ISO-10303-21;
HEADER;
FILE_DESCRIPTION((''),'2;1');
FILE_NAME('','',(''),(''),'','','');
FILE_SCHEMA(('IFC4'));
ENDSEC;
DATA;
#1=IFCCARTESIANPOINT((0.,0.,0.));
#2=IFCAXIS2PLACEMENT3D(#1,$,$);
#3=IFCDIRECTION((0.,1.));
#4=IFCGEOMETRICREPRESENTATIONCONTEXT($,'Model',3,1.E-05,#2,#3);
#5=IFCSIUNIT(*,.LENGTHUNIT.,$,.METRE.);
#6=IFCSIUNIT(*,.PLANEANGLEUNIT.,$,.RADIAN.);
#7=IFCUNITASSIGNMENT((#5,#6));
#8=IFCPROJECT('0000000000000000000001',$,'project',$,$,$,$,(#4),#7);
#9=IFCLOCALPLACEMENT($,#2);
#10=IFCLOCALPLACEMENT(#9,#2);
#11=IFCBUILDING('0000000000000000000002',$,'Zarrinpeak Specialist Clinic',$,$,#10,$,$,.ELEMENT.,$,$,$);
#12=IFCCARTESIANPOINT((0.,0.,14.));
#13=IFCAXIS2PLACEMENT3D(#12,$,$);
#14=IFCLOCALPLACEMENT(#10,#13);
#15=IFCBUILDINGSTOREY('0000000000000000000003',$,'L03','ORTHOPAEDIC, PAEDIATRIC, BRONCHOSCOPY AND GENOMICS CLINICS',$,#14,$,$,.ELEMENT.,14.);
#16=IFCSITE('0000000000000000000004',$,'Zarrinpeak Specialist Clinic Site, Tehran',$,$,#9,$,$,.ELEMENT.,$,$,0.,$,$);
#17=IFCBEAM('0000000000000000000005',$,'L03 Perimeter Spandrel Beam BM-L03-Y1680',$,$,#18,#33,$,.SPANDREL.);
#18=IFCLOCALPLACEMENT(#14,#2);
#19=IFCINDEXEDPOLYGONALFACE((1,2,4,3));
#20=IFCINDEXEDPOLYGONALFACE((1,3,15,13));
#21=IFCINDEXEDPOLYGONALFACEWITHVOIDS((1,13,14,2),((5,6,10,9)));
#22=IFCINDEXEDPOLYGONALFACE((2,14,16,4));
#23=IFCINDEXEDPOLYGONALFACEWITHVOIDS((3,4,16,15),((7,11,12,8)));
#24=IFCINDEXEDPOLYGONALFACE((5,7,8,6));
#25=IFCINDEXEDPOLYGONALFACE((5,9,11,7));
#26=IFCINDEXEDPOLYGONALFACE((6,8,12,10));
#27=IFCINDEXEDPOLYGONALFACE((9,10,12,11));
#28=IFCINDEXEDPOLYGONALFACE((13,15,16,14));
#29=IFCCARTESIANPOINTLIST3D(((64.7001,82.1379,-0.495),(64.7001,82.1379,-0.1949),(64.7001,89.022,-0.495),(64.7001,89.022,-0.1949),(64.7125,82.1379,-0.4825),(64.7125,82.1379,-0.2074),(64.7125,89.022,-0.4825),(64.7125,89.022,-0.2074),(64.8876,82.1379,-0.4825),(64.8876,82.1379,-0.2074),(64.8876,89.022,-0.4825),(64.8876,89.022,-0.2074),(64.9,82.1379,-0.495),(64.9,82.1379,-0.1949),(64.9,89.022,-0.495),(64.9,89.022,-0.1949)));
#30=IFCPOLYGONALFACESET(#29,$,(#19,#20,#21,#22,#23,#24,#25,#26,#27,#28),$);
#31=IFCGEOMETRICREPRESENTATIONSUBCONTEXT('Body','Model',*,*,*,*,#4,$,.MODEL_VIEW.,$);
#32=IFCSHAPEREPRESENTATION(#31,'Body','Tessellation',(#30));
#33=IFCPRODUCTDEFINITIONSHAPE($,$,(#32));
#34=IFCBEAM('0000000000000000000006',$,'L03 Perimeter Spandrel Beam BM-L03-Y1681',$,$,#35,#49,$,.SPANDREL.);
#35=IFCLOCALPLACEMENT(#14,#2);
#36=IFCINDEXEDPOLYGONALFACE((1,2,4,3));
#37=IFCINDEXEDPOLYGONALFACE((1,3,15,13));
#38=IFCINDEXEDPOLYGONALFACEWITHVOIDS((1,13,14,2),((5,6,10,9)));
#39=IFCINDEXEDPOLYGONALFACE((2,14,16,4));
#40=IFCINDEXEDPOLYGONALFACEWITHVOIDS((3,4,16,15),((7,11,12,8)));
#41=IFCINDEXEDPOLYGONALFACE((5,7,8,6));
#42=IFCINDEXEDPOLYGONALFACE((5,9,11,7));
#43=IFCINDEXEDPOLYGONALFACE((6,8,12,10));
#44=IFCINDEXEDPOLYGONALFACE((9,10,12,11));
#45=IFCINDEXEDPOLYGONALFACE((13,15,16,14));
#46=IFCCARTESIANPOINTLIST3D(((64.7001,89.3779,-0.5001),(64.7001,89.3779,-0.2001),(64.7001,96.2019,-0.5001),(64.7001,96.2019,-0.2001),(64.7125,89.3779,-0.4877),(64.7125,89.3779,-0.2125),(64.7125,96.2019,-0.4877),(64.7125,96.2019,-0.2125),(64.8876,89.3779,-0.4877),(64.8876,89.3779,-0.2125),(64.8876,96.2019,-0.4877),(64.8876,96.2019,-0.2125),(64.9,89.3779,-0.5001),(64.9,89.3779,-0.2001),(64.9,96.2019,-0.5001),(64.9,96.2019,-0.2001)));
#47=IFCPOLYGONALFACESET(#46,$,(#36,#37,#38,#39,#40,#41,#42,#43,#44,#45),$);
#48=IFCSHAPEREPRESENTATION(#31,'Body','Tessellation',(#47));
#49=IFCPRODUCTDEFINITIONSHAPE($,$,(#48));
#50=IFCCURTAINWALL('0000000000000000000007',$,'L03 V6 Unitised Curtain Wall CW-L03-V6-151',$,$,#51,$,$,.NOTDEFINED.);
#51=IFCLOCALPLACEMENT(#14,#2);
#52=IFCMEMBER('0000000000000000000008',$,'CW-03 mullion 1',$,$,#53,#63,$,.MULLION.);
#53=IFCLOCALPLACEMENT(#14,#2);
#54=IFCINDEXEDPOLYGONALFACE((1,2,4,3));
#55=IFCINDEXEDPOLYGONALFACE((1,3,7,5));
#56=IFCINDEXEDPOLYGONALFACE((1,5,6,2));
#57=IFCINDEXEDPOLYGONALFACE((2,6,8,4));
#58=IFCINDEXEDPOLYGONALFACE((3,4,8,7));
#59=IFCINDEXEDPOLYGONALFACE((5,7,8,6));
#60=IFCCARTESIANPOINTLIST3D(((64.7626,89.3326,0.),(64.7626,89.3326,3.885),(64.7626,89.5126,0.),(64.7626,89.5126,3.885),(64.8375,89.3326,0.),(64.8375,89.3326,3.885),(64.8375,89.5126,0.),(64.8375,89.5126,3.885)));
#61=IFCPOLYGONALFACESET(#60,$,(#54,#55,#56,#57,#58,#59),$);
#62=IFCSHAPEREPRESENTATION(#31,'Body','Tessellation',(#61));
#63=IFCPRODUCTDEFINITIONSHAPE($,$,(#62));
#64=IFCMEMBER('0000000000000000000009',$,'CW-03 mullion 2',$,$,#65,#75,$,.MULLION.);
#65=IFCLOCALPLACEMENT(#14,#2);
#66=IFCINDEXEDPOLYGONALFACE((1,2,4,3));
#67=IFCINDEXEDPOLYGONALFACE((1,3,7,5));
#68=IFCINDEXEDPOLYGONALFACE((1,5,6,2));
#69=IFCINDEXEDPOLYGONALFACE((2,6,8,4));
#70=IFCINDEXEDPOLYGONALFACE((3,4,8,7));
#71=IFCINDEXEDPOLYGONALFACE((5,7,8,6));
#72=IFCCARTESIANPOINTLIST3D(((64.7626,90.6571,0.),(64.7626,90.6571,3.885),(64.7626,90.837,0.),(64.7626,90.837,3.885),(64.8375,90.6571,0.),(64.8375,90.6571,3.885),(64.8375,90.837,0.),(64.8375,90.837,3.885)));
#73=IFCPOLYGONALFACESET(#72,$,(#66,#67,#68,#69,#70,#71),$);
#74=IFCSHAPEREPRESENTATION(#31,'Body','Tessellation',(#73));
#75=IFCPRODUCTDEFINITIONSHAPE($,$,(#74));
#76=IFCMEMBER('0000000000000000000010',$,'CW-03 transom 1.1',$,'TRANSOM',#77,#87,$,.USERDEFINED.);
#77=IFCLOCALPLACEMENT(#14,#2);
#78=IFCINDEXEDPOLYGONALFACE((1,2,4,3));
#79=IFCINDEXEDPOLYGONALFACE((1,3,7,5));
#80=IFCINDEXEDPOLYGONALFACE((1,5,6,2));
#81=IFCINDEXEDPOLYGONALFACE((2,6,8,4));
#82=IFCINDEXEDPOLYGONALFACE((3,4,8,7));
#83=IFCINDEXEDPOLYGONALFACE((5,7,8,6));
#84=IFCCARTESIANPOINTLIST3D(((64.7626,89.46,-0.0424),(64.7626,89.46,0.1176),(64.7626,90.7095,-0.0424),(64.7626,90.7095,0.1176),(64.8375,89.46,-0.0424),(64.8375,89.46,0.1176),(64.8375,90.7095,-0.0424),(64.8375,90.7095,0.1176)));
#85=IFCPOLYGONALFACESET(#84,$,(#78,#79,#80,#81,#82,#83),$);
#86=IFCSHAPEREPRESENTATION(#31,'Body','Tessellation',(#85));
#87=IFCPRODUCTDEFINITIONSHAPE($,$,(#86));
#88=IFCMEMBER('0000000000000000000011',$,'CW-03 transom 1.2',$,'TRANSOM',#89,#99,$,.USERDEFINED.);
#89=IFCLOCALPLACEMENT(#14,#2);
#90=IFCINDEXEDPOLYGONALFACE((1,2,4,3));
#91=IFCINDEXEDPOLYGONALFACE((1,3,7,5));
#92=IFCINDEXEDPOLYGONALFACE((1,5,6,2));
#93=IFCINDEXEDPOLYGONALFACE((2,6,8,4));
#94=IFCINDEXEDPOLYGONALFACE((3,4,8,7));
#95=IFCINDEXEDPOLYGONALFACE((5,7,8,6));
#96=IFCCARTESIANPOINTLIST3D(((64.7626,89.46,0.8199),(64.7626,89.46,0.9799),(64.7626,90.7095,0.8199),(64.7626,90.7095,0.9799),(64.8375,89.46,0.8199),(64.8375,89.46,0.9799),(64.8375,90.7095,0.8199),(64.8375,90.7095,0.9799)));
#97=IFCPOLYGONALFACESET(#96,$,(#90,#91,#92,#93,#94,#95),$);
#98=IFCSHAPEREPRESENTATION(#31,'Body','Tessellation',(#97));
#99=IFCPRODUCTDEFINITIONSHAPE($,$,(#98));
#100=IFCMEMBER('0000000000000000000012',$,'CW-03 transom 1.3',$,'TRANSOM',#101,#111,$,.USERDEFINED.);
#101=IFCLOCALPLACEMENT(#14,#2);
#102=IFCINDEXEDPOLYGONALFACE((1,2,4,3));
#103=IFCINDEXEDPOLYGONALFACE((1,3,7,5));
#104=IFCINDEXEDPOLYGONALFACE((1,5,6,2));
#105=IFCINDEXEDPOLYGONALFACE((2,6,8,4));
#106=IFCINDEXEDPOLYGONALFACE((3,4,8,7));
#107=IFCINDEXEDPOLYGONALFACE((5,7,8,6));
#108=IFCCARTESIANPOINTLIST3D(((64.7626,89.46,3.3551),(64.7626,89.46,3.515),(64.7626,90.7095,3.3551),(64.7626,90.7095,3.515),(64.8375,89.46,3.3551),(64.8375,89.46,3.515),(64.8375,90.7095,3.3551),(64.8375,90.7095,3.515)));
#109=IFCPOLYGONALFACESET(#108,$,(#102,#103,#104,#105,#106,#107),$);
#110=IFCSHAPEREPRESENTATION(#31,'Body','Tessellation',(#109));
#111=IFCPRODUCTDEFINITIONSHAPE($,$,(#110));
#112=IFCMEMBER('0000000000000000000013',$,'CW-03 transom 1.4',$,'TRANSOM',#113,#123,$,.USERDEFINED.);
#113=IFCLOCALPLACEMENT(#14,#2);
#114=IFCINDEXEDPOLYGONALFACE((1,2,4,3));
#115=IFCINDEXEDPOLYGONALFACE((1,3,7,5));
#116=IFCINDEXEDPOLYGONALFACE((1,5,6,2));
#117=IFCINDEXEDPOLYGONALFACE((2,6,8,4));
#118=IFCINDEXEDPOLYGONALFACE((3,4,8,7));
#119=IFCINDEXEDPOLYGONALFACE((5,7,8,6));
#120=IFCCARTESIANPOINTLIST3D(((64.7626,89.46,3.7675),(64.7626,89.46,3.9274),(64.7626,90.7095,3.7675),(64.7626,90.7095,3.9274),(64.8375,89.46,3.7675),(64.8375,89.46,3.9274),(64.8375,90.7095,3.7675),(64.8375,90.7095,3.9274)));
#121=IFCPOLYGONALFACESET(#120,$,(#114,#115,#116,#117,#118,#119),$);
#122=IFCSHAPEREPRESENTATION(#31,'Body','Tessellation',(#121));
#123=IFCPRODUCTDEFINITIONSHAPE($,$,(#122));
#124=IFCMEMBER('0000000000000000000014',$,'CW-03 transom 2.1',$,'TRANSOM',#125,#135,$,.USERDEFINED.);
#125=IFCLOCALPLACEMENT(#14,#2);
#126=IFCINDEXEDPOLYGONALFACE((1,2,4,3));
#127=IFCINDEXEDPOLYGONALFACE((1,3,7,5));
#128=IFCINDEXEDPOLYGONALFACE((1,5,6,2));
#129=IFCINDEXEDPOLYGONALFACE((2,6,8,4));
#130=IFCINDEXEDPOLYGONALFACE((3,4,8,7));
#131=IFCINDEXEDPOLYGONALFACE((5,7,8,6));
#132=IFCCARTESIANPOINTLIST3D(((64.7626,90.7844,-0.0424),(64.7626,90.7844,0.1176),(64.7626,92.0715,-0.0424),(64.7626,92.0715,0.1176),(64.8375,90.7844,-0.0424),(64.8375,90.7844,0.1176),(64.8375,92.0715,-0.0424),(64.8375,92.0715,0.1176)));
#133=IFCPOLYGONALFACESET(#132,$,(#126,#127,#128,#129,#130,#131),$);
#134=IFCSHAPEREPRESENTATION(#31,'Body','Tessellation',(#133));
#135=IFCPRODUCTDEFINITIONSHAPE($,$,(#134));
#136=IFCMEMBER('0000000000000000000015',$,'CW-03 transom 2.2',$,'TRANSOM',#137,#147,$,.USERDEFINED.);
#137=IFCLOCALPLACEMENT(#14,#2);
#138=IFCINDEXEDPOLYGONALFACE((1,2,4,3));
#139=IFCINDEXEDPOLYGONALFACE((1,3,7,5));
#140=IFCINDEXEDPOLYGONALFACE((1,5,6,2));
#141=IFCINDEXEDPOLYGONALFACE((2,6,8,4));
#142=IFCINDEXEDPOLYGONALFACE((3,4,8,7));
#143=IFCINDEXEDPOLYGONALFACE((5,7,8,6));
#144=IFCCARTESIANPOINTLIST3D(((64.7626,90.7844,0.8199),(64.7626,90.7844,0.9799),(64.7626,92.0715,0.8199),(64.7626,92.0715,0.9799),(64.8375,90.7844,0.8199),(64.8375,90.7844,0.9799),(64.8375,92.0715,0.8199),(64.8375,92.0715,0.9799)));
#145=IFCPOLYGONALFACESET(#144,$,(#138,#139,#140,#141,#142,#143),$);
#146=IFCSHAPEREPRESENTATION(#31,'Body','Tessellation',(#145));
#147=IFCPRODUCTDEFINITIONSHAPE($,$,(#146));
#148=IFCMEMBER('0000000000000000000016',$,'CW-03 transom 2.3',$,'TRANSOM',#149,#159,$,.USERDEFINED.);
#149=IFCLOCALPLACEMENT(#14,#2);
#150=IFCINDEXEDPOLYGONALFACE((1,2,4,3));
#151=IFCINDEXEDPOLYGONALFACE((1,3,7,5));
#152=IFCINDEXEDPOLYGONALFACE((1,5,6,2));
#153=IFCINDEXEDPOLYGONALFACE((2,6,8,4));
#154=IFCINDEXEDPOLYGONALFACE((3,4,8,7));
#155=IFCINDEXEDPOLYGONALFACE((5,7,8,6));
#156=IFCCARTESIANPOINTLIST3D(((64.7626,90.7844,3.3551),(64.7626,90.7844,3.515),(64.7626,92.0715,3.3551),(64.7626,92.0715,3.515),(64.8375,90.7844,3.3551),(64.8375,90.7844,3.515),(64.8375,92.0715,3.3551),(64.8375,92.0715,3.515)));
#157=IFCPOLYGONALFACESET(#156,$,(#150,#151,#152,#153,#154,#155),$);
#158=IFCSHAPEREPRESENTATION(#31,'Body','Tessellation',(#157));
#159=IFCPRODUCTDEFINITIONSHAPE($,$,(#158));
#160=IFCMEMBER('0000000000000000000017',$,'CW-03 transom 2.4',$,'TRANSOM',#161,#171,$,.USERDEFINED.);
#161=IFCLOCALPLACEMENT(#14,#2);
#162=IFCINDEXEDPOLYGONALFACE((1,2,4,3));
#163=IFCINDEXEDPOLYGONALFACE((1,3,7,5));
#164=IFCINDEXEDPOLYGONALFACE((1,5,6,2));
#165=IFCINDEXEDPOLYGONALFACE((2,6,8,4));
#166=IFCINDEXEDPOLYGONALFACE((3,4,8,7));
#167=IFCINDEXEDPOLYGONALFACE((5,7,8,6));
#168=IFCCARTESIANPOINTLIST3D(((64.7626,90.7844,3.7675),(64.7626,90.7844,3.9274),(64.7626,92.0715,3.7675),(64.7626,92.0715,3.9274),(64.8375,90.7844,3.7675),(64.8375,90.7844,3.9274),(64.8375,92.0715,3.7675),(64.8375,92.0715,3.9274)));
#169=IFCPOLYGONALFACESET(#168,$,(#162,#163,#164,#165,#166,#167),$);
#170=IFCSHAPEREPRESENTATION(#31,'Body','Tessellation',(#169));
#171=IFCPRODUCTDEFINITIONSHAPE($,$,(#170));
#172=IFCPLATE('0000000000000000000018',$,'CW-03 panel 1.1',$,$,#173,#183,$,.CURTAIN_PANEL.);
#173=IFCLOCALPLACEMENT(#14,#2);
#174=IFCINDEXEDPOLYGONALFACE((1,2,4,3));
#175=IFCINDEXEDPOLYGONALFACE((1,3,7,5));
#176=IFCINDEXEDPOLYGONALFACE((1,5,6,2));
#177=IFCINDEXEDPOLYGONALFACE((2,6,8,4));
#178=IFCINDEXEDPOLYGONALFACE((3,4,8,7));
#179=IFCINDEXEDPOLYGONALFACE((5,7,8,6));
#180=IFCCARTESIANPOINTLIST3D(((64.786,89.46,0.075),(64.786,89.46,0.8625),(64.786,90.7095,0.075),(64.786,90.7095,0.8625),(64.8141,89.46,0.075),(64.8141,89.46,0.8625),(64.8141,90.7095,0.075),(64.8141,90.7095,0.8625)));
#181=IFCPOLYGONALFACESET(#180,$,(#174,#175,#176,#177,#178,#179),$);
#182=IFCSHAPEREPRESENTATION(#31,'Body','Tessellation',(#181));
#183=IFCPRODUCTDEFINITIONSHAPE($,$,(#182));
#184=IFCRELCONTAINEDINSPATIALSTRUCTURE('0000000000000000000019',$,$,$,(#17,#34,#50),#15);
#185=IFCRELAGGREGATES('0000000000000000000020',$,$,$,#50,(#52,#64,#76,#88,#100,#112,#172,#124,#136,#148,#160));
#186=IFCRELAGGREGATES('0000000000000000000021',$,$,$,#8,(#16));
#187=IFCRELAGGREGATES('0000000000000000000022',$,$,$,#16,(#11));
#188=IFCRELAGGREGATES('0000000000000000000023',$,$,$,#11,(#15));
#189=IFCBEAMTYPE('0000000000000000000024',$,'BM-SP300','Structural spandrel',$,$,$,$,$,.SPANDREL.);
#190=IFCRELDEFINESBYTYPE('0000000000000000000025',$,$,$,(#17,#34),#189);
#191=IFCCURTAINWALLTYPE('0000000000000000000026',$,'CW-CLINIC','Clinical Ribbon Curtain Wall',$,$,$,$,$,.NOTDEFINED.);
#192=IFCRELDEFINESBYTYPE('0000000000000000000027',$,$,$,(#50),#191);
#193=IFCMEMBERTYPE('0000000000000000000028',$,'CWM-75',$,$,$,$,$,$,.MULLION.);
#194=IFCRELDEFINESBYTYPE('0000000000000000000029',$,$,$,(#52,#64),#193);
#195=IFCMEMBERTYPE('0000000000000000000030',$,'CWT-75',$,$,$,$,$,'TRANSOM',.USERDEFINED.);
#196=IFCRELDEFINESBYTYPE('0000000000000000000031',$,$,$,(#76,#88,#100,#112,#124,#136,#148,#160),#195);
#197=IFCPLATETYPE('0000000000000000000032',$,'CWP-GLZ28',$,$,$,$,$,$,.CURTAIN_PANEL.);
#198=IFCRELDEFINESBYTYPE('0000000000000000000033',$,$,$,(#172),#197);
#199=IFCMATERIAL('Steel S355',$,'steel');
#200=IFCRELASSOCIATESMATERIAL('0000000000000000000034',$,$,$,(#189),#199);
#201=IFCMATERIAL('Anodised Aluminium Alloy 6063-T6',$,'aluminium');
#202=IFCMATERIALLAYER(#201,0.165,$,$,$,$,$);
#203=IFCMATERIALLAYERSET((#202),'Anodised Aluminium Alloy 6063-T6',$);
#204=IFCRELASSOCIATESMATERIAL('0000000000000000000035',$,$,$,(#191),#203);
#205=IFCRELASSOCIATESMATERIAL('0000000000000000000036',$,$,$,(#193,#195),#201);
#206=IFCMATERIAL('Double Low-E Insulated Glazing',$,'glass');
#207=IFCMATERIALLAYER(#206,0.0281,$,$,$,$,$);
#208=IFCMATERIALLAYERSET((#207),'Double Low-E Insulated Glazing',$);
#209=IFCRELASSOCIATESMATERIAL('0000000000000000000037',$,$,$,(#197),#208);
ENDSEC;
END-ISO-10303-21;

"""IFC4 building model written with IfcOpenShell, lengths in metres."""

from ifc_helpers import new_model, si_unit, direction, frame, origin, origin_2d, place, context, subcontext, project, spatial, rectangle, hollow_rectangle, extrude, material, layer, layer_set, material_profile, profile_set, type_object, element, aggregate, save


model = new_model("IFC4")

# Units and contexts
model_context = context("Model", 3, precision=1e-05, world=origin(), true_north=direction((0.0, 1.0)))
body_context = subcontext(model_context, "Body", "Model", "MODEL_VIEW")
ifc_project = project(units=[si_unit("LENGTHUNIT", "METRE"), si_unit("PLANEANGLEUNIT", "RADIAN")], contexts=[model_context])

# Site, building, storey
site_placement = place(None, origin())
site = spatial("IfcSite", under=ifc_project, at=site_placement, Name="Zarrinpeak Specialist Clinic Site, Tehran", CompositionType="ELEMENT", RefElevation=0.0)
building_placement = place(site_placement, origin())
building = spatial("IfcBuilding", under=site, at=building_placement, Name="Zarrinpeak Specialist Clinic", CompositionType="ELEMENT")
storey_placement = place(building_placement, frame((0.0, 0.0, 14.0)))
storey = spatial("IfcBuildingStorey", under=building, at=storey_placement, Name="L03", Description="ORTHOPAEDIC, PAEDIATRIC, BRONCHOSCOPY AND GENOMICS CLINICS", CompositionType="ELEMENT", Elevation=14.0)

# Shared definitions
ifc_material_1 = material(Name="Steel S355", Category="steel")

# Beams
ifc_material_profile_1 = material_profile(ifc_material_1, hollow_rectangle(XDim=0.2, YDim=0.3, WallThickness=0.0125, at=origin_2d()), Name="RHS 300x200x12.5")
ifc_profile_set_1 = profile_set([ifc_material_profile_1], Name="Steel S355")
beam_type_1 = type_object("IfcBeamType", Name="BM-SP300", Description="Structural spandrel", PredefinedType="SPANDREL", material=ifc_profile_set_1)
beam_1_placement = place(storey_placement, frame((64.8, 82.1379, -0.345), z_axis=(0.0, 1.0, 0.0), x_axis=(-1.0, 0.0, 0.0)))
element("IfcBeam", 1, at=beam_1_placement, inside=storey, type_object=beam_type_1, Name="L03 Perimeter Spandrel Beam BM-L03-Y1680", PredefinedType="SPANDREL", context=body_context, shape_type="SweptSolid", body=[
    extrude(hollow_rectangle(XDim=0.2, YDim=0.3, WallThickness=0.0125, at=origin_2d()), origin(), (0.0, 0.0, 1.0), 6.884),
])
beam_2_placement = place(storey_placement, frame((64.8, 89.3779, -0.3501), z_axis=(0.0, 1.0, 0.0), x_axis=(-1.0, 0.0, 0.0)))
element("IfcBeam", 2, at=beam_2_placement, inside=storey, type_object=beam_type_1, Name="L03 Perimeter Spandrel Beam BM-L03-Y1681", PredefinedType="SPANDREL", context=body_context, shape_type="SweptSolid", body=[
    extrude(hollow_rectangle(XDim=0.2, YDim=0.3, WallThickness=0.0125, at=origin_2d()), origin(), (0.0, 0.0, 1.0), 6.824),
])

# Curtain wall, members, plate
ifc_material_2 = material(Name="Anodised Aluminium Alloy 6063-T6", Category="aluminium")
ifc_layer_1 = layer(ifc_material_2, 0.165)
ifc_layer_set_1 = layer_set([ifc_layer_1], Name="Anodised Aluminium Alloy 6063-T6")
curtain_wall_type = type_object("IfcCurtainWallType", Name="CW-CLINIC", Description="Clinical Ribbon Curtain Wall", PredefinedType="NOTDEFINED", material=ifc_layer_set_1)
curtain_wall_placement = place(storey_placement, origin())
curtain_wall = element("IfcCurtainWall", 3, at=curtain_wall_placement, inside=storey, type_object=curtain_wall_type, Name="L03 V6 Unitised Curtain Wall CW-L03-V6-151", PredefinedType="NOTDEFINED")
ifc_material_profile_2 = material_profile(ifc_material_2, rectangle(XDim=0.075, YDim=0.1799, at=origin_2d()), Name="ALU 75x180")
ifc_profile_set_2 = profile_set([ifc_material_profile_2], Name="Anodised Aluminium Alloy 6063-T6")
member_type_1 = type_object("IfcMemberType", Name="CWM-75", PredefinedType="MULLION", material=ifc_profile_set_2)
member_1_placement = place(storey_placement, frame((64.8, 89.4226, 0.0), z_axis=(0.0, 0.0, 1.0), x_axis=(-1.0, 0.0, 0.0)))
member_1 = element("IfcMember", 4, at=member_1_placement, type_object=member_type_1, Name="CW-03 mullion 1", PredefinedType="MULLION", context=body_context, shape_type="SweptSolid", body=[
    extrude(rectangle(XDim=0.075, YDim=0.1799, at=origin_2d()), origin(), (0.0, 0.0, 1.0), 3.885),
])
member_2_placement = place(storey_placement, frame((64.8, 90.7471, 0.0), z_axis=(0.0, 0.0, 1.0), x_axis=(-1.0, 0.0, 0.0)))
member_2 = element("IfcMember", 5, at=member_2_placement, type_object=member_type_1, Name="CW-03 mullion 2", PredefinedType="MULLION", context=body_context, shape_type="SweptSolid", body=[
    extrude(rectangle(XDim=0.075, YDim=0.1799, at=origin_2d()), origin(), (0.0, 0.0, 1.0), 3.885),
])
ifc_material_profile_3 = material_profile(ifc_material_2, rectangle(XDim=0.075, YDim=0.1599, at=origin_2d()), Name="ALU 75x160")
ifc_profile_set_3 = profile_set([ifc_material_profile_3], Name="Anodised Aluminium Alloy 6063-T6")
member_type_2 = type_object("IfcMemberType", Name="CWT-75", ElementType="TRANSOM", PredefinedType="USERDEFINED", material=ifc_profile_set_3)
member_3_placement = place(storey_placement, frame((64.8, 89.46, 0.0376), z_axis=(0.0, 1.0, 0.0), x_axis=(-1.0, 0.0, 0.0)))
member_3 = element("IfcMember", 6, at=member_3_placement, type_object=member_type_2, Name="CW-03 transom 1.1", ObjectType="TRANSOM", PredefinedType="USERDEFINED", context=body_context, shape_type="SweptSolid", body=[
    extrude(rectangle(XDim=0.075, YDim=0.1599, at=origin_2d()), origin(), (0.0, 0.0, 1.0), 1.2495),
])
member_4_placement = place(storey_placement, frame((64.8, 89.46, 0.8999), z_axis=(0.0, 1.0, 0.0), x_axis=(-1.0, 0.0, 0.0)))
member_4 = element("IfcMember", 7, at=member_4_placement, type_object=member_type_2, Name="CW-03 transom 1.2", ObjectType="TRANSOM", PredefinedType="USERDEFINED", context=body_context, shape_type="SweptSolid", body=[
    extrude(rectangle(XDim=0.075, YDim=0.1599, at=origin_2d()), origin(), (0.0, 0.0, 1.0), 1.2495),
])
member_5_placement = place(storey_placement, frame((64.8, 89.46, 3.4351), z_axis=(0.0, 1.0, 0.0), x_axis=(-1.0, 0.0, 0.0)))
member_5 = element("IfcMember", 8, at=member_5_placement, type_object=member_type_2, Name="CW-03 transom 1.3", ObjectType="TRANSOM", PredefinedType="USERDEFINED", context=body_context, shape_type="SweptSolid", body=[
    extrude(rectangle(XDim=0.075, YDim=0.1599, at=origin_2d()), origin(), (0.0, 0.0, 1.0), 1.2495),
])
member_6_placement = place(storey_placement, frame((64.8, 89.46, 3.8474), z_axis=(0.0, 1.0, 0.0), x_axis=(-1.0, 0.0, 0.0)))
member_6 = element("IfcMember", 9, at=member_6_placement, type_object=member_type_2, Name="CW-03 transom 1.4", ObjectType="TRANSOM", PredefinedType="USERDEFINED", context=body_context, shape_type="SweptSolid", body=[
    extrude(rectangle(XDim=0.075, YDim=0.1599, at=origin_2d()), origin(), (0.0, 0.0, 1.0), 1.2495),
])
member_7_placement = place(storey_placement, frame((64.8, 90.7844, 0.0376), z_axis=(0.0, 1.0, 0.0), x_axis=(-1.0, 0.0, 0.0)))
member_7 = element("IfcMember", 10, at=member_7_placement, type_object=member_type_2, Name="CW-03 transom 2.1", ObjectType="TRANSOM", PredefinedType="USERDEFINED", context=body_context, shape_type="SweptSolid", body=[
    extrude(rectangle(XDim=0.075, YDim=0.1599, at=origin_2d()), origin(), (0.0, 0.0, 1.0), 1.2871),
])
member_8_placement = place(storey_placement, frame((64.8, 90.7844, 0.8999), z_axis=(0.0, 1.0, 0.0), x_axis=(-1.0, 0.0, 0.0)))
member_8 = element("IfcMember", 11, at=member_8_placement, type_object=member_type_2, Name="CW-03 transom 2.2", ObjectType="TRANSOM", PredefinedType="USERDEFINED", context=body_context, shape_type="SweptSolid", body=[
    extrude(rectangle(XDim=0.075, YDim=0.1599, at=origin_2d()), origin(), (0.0, 0.0, 1.0), 1.2871),
])
member_9_placement = place(storey_placement, frame((64.8, 90.7844, 3.4351), z_axis=(0.0, 1.0, 0.0), x_axis=(-1.0, 0.0, 0.0)))
member_9 = element("IfcMember", 12, at=member_9_placement, type_object=member_type_2, Name="CW-03 transom 2.3", ObjectType="TRANSOM", PredefinedType="USERDEFINED", context=body_context, shape_type="SweptSolid", body=[
    extrude(rectangle(XDim=0.075, YDim=0.1599, at=origin_2d()), origin(), (0.0, 0.0, 1.0), 1.2871),
])
member_10_placement = place(storey_placement, frame((64.8, 90.7844, 3.8474), z_axis=(0.0, 1.0, 0.0), x_axis=(-1.0, 0.0, 0.0)))
member_10 = element("IfcMember", 13, at=member_10_placement, type_object=member_type_2, Name="CW-03 transom 2.4", ObjectType="TRANSOM", PredefinedType="USERDEFINED", context=body_context, shape_type="SweptSolid", body=[
    extrude(rectangle(XDim=0.075, YDim=0.1599, at=origin_2d()), origin(), (0.0, 0.0, 1.0), 1.2871),
])
ifc_material_3 = material(Name="Double Low-E Insulated Glazing", Category="glass")
ifc_layer_2 = layer(ifc_material_3, 0.0281)
ifc_layer_set_2 = layer_set([ifc_layer_2], Name="Double Low-E Insulated Glazing")
plate_type = type_object("IfcPlateType", Name="CWP-GLZ28", PredefinedType="CURTAIN_PANEL", material=ifc_layer_set_2)
plate_1_placement = place(storey_placement, frame((64.8, 90.0847, 0.075), z_axis=(0.0, 0.0, 1.0), x_axis=(0.0, 1.0, 0.0)))
plate_1 = element("IfcPlate", 14, at=plate_1_placement, type_object=plate_type, Name="CW-03 panel 1.1", PredefinedType="CURTAIN_PANEL", context=body_context, shape_type="SweptSolid", body=[
    extrude(rectangle(XDim=1.2495, YDim=0.0281, at=origin_2d()), origin(), (0.0, 0.0, 1.0), 0.7876),
])
aggregate(curtain_wall, [member_1, member_2, member_3, member_4, member_5, member_6, plate_1, member_7, member_8, member_9, member_10])

save(model, "model.ifc")
